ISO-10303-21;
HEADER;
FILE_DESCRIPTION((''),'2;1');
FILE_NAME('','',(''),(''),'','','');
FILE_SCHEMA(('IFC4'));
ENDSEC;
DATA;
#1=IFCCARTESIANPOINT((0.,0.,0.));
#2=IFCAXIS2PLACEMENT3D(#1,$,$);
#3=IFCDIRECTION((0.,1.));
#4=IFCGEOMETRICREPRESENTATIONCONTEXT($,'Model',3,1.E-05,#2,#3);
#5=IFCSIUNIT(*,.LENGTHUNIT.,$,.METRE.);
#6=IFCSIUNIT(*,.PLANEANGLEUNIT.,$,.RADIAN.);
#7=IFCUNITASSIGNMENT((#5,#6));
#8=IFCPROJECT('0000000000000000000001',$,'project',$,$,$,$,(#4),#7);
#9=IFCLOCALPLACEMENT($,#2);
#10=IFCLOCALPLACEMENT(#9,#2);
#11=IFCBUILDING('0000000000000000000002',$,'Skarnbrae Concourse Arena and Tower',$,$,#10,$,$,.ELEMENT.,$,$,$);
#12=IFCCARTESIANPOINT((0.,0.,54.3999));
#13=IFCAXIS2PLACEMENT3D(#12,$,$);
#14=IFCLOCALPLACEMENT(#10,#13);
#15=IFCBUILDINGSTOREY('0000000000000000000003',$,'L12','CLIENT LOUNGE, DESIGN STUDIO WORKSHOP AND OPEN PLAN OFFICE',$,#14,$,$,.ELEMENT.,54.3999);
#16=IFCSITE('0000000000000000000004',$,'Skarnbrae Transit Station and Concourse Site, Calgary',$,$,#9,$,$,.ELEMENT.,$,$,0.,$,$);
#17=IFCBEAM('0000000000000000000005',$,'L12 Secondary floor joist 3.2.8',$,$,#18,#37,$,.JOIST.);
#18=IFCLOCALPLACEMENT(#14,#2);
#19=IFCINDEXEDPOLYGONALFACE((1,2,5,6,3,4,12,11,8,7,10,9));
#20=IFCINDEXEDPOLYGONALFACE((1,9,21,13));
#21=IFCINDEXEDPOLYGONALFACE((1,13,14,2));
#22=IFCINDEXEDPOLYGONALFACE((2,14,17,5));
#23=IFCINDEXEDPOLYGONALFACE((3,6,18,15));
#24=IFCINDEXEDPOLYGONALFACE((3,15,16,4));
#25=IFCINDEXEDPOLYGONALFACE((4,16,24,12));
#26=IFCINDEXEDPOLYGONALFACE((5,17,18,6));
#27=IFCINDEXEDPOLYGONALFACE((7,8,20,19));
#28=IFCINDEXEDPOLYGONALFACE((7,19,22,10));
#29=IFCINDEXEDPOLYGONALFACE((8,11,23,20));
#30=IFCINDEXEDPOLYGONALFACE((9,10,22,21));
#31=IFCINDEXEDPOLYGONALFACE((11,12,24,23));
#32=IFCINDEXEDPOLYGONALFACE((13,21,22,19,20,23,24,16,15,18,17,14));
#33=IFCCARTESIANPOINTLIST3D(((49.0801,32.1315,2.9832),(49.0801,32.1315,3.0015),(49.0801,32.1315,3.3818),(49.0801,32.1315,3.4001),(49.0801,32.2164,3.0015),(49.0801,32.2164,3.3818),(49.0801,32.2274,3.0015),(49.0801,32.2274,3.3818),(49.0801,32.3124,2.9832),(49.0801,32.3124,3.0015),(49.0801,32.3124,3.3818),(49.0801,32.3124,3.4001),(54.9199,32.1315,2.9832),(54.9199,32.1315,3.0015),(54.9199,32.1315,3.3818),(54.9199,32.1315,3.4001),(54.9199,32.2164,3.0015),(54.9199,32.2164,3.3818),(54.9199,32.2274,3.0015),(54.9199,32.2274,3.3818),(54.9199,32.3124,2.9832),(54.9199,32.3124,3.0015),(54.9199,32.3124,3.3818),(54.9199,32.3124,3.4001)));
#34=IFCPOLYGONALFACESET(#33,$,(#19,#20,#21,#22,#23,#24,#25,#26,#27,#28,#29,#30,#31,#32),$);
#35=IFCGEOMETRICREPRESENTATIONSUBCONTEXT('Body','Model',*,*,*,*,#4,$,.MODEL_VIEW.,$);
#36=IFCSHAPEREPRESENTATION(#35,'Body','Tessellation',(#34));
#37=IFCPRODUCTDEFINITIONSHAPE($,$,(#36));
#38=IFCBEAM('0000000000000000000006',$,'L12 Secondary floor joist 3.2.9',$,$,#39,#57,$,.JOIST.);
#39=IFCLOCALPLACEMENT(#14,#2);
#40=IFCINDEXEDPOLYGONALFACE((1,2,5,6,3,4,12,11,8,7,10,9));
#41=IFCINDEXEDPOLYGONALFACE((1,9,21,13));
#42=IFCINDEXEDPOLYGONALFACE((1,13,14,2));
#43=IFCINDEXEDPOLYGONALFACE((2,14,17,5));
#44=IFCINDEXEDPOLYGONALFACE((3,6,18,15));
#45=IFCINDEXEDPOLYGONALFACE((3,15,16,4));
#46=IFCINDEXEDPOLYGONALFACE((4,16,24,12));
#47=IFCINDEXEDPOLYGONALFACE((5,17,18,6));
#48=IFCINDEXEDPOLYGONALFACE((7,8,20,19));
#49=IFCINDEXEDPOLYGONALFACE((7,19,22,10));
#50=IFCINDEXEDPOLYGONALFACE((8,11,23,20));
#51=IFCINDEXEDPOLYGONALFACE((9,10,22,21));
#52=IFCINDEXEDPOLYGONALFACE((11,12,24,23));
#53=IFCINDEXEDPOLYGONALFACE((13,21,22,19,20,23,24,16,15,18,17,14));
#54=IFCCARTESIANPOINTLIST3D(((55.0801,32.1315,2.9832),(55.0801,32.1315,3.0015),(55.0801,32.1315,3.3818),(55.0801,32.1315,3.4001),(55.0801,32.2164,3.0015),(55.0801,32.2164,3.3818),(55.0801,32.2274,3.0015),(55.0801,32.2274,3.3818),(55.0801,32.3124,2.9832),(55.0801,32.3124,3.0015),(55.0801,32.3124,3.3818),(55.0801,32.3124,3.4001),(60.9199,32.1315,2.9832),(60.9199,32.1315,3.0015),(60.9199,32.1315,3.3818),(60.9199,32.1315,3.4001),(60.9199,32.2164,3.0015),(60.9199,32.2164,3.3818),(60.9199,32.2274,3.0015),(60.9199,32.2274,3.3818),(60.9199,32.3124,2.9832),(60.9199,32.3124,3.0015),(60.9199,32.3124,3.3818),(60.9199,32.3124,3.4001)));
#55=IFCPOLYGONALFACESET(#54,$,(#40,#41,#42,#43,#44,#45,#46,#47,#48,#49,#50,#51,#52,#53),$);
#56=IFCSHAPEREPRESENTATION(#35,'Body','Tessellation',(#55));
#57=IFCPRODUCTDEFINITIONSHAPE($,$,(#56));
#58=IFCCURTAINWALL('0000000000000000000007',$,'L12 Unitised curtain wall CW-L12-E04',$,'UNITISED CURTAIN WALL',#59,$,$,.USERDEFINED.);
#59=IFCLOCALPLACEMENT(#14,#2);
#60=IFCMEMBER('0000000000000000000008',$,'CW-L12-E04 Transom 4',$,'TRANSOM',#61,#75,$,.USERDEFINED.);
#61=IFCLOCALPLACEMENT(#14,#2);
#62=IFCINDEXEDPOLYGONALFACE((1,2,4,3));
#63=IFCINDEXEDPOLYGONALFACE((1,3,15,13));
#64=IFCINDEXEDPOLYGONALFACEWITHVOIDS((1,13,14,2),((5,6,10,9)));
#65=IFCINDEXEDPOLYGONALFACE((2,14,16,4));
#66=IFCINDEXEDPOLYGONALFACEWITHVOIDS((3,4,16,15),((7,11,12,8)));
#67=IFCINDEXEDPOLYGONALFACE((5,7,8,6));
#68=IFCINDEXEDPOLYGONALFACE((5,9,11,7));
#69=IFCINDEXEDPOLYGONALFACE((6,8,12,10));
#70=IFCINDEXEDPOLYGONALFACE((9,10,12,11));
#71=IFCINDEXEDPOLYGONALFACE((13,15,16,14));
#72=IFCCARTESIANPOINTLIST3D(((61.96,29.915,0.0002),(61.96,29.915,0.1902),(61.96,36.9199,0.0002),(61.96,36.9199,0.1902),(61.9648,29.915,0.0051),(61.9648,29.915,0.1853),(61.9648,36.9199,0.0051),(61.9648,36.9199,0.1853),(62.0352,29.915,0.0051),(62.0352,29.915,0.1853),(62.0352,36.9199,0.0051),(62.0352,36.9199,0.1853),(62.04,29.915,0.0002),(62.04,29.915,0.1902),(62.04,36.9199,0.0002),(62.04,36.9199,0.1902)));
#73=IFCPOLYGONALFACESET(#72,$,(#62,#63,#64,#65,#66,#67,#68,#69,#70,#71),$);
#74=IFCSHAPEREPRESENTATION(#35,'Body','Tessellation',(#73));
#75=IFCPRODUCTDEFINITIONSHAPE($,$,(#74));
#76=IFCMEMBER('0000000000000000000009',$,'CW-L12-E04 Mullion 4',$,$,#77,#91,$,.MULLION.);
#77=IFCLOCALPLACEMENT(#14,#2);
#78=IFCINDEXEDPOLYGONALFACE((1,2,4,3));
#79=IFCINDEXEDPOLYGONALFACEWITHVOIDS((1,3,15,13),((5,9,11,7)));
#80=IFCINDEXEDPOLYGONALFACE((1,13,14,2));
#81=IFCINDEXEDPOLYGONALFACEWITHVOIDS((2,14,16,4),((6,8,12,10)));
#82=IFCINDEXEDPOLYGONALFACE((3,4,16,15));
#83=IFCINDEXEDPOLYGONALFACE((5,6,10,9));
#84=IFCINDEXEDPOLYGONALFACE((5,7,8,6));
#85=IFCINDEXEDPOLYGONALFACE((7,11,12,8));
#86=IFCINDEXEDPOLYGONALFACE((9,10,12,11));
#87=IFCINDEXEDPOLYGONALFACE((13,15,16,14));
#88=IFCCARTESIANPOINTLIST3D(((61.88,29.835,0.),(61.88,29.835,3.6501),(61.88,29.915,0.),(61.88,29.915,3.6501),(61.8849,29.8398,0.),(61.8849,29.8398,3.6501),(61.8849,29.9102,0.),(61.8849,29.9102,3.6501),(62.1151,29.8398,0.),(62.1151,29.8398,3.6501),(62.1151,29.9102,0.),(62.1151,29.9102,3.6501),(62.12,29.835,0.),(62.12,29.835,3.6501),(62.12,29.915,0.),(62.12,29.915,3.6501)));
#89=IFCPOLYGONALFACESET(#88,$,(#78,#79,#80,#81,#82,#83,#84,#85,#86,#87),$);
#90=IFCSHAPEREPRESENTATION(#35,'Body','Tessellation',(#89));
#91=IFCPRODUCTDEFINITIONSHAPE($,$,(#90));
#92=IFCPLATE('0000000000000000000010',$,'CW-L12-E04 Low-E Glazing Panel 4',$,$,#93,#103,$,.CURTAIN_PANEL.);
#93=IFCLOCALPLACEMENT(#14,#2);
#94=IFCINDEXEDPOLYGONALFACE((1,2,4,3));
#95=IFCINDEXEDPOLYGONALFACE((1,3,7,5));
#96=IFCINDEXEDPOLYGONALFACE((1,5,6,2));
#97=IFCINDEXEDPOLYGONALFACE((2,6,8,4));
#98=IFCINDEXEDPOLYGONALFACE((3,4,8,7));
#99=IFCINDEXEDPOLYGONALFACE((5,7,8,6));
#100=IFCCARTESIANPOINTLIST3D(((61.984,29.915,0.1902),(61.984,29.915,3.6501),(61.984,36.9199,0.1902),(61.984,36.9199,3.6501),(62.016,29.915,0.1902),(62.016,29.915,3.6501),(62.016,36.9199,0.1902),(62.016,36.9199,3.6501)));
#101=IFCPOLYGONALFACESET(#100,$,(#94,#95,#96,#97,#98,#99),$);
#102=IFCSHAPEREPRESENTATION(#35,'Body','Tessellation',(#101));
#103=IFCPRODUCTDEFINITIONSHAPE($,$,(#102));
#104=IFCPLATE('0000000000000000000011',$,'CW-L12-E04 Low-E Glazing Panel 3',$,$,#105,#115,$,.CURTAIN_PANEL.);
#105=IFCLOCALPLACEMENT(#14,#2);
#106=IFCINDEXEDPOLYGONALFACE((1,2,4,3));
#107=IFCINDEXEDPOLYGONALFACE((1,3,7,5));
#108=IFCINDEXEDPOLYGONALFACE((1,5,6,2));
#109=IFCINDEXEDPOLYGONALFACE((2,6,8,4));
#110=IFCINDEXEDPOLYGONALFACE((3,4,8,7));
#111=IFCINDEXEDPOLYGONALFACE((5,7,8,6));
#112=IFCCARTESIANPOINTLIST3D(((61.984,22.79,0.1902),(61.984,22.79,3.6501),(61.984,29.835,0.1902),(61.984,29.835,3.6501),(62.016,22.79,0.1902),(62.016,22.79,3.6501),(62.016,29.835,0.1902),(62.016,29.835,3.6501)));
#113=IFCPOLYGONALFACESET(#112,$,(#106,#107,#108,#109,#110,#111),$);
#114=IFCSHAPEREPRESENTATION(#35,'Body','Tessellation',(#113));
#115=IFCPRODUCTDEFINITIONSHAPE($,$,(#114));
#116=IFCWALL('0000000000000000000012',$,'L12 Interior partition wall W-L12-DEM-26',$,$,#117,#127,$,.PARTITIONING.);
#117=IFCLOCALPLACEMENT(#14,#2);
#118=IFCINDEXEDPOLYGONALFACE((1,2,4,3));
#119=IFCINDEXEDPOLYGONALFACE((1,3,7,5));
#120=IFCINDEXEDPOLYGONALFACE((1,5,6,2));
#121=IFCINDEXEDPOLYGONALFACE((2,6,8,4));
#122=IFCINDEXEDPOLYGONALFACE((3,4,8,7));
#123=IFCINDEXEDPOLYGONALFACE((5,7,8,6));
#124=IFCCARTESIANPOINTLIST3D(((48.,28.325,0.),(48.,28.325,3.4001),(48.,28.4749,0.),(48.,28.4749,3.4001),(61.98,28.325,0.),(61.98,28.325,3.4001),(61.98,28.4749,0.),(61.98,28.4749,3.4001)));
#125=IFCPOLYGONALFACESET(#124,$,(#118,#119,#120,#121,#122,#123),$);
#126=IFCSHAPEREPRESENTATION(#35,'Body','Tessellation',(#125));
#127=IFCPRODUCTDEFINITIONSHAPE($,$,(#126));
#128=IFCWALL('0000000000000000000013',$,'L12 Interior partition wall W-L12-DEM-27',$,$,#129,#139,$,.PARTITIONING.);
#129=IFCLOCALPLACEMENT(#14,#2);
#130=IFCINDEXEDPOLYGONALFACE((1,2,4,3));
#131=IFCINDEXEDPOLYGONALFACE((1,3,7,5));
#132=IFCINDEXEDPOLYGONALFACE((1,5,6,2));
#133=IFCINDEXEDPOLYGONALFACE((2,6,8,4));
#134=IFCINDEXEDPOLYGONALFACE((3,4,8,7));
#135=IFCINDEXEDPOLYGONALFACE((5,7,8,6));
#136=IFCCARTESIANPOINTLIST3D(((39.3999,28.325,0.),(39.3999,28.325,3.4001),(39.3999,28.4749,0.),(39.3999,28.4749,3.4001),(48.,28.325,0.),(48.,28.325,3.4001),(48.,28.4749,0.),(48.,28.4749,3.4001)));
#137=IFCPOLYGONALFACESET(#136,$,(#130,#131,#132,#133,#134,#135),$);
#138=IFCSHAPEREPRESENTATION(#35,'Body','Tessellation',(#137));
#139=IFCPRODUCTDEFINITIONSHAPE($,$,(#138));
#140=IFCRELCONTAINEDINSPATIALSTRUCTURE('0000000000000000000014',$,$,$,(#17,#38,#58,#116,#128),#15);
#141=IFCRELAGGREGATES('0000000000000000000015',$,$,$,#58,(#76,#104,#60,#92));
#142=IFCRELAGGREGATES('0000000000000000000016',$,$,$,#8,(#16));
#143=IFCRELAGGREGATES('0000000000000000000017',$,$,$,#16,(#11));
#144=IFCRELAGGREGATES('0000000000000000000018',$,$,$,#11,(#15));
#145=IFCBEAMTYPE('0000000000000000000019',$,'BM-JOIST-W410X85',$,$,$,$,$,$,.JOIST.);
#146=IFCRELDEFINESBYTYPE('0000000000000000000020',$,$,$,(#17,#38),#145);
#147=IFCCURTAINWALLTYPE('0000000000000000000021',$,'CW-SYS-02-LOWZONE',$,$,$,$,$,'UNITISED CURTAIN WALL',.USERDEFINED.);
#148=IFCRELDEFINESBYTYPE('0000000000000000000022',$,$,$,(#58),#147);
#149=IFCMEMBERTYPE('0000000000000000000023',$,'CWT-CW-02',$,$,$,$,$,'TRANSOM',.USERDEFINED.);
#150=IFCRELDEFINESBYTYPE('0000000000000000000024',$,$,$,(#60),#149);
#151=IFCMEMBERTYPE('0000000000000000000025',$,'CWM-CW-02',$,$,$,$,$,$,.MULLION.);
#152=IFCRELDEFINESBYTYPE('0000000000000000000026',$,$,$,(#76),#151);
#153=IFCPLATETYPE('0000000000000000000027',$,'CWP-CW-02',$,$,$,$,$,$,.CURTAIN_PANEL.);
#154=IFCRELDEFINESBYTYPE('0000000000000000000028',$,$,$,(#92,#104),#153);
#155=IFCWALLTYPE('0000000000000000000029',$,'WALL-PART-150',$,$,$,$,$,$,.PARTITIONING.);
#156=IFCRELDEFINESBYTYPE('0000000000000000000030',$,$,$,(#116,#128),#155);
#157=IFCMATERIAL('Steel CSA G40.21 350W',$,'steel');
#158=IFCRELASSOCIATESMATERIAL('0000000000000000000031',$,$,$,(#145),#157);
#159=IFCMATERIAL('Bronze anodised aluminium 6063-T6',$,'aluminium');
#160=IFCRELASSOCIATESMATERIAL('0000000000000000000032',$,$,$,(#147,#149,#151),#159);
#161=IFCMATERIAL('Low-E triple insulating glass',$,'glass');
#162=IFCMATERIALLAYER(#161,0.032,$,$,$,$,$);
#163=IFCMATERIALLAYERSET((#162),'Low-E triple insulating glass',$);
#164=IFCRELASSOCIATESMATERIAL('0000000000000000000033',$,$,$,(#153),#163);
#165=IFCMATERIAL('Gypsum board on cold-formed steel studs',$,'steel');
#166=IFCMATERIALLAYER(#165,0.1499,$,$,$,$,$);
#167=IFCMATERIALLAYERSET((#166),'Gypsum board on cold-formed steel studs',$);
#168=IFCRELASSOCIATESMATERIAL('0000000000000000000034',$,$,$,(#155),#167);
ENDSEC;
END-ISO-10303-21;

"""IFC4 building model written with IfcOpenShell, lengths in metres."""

from ifc_helpers import new_model, si_unit, direction, frame, frame_2d, origin, origin_2d, place, context, subcontext, project, spatial, rectangle, hollow_rectangle, i_section, extrude, source, transform, mapped, material, layer, layer_set, material_profile, profile_set, type_object, element, aggregate, save


model = new_model("IFC4")

# Units and contexts
model_context = context("Model", 3, precision=1e-05, world=origin(), true_north=direction((0.0, 1.0)))
body_context = subcontext(model_context, "Body", "Model", "MODEL_VIEW")
ifc_project = project(units=[si_unit("LENGTHUNIT", "METRE"), si_unit("PLANEANGLEUNIT", "RADIAN")], contexts=[model_context])

# Site, building, storey
site_placement = place(None, origin())
site = spatial("IfcSite", under=ifc_project, at=site_placement, Name="Skarnbrae Transit Station and Concourse Site, Calgary", CompositionType="ELEMENT", RefElevation=0.0)
building_placement = place(site_placement, origin())
building = spatial("IfcBuilding", under=site, at=building_placement, Name="Skarnbrae Concourse Arena and Tower", CompositionType="ELEMENT")
storey_placement = place(building_placement, frame((0.0, 0.0, 54.3999)))
storey = spatial("IfcBuildingStorey", under=building, at=storey_placement, Name="L12", Description="CLIENT LOUNGE, DESIGN STUDIO WORKSHOP AND OPEN PLAN OFFICE", CompositionType="ELEMENT", Elevation=54.3999)

# Shared definitions
ifc_material_1 = material(Name="Steel CSA G40.21 350W", Category="steel")

# Beams
ifc_material_profile_1 = material_profile(ifc_material_1, i_section(OverallWidth=0.1809, OverallDepth=0.417, WebThickness=0.011, FlangeThickness=0.0183, at=origin_2d()), Name="W410X85")
ifc_profile_set_1 = profile_set([ifc_material_profile_1], Name="Steel CSA G40.21 350W")
beam_type_1 = type_object("IfcBeamType", Name="BM-JOIST-W410X85", PredefinedType="JOIST", material=ifc_profile_set_1)
shared_shape_1 = source(origin(), body_context, "Body", "SweptSolid", [
    extrude(i_section(OverallWidth=0.1809, OverallDepth=0.417, WebThickness=0.011, FlangeThickness=0.0183, at=origin_2d()), origin(), (0.0, 0.0, 1.0), 5.8398),
])
for number, where, z_axis, x_axis, name in (
    (1, (49.0801, 32.2219, 3.1917), (1.0, 0.0, 0.0), (0.0, 1.0, 0.0), "L12 Secondary floor joist 3.2.8"),
    (2, (55.0801, 32.2219, 3.1917), (1.0, 0.0, 0.0), (0.0, 1.0, 0.0), "L12 Secondary floor joist 3.2.9"),
):
    element("IfcBeam", number, at=place(storey_placement, frame(where, z_axis=z_axis, x_axis=x_axis)), inside=storey, type_object=beam_type_1, Name=name, PredefinedType="JOIST", context=body_context, shape_type="MappedRepresentation", body=[
        mapped(shared_shape_1, transform((0.0, 0.0, 0.0))),
    ])

# Curtain wall, members, plates
ifc_material_2 = material(Name="Bronze anodised aluminium 6063-T6", Category="aluminium")
curtain_wall_type = type_object("IfcCurtainWallType", Name="CW-SYS-02-LOWZONE", ElementType="UNITISED CURTAIN WALL", PredefinedType="USERDEFINED", material=ifc_material_2)
curtain_wall_placement = place(storey_placement, origin())
curtain_wall = element("IfcCurtainWall", 3, at=curtain_wall_placement, inside=storey, type_object=curtain_wall_type, Name="L12 Unitised curtain wall CW-L12-E04", ObjectType="UNITISED CURTAIN WALL", PredefinedType="USERDEFINED")
ifc_material_profile_2 = material_profile(ifc_material_2, hollow_rectangle(XDim=0.0801, YDim=0.1899, WallThickness=0.0049, at=origin_2d()), Name="ALU-TRAN-80X190")
ifc_profile_set_2 = profile_set([ifc_material_profile_2], Name="Bronze anodised aluminium 6063-T6")
member_type_1 = type_object("IfcMemberType", Name="CWT-CW-02", ElementType="TRANSOM", PredefinedType="USERDEFINED", material=ifc_profile_set_2)
shared_shape_2 = source(origin(), body_context, "Body", "SweptSolid", [
    extrude(hollow_rectangle(XDim=0.0801, YDim=0.1899, WallThickness=0.0049, at=origin_2d()), origin(), (0.0, 0.0, 1.0), 7.0049),
])
member_1_placement = place(storey_placement, frame((62.0, 29.915, 0.0952), z_axis=(0.0, 1.0, 0.0), x_axis=(-1.0, 0.0, 0.0)))
member_1 = element("IfcMember", 4, at=member_1_placement, type_object=member_type_1, Name="CW-L12-E04 Transom 4", ObjectType="TRANSOM", PredefinedType="USERDEFINED", context=body_context, shape_type="MappedRepresentation", body=[
    mapped(shared_shape_2, transform((0.0, 0.0, 0.0))),
])
ifc_material_profile_3 = material_profile(ifc_material_2, hollow_rectangle(XDim=0.0801, YDim=0.24, WallThickness=0.0049, at=origin_2d()), Name="ALU-MULL-80X240")
ifc_profile_set_3 = profile_set([ifc_material_profile_3], Name="Bronze anodised aluminium 6063-T6")
member_type_2 = type_object("IfcMemberType", Name="CWM-CW-02", PredefinedType="MULLION", material=ifc_profile_set_3)
shared_shape_3 = source(origin(), body_context, "Body", "SweptSolid", [
    extrude(hollow_rectangle(XDim=0.0801, YDim=0.24, WallThickness=0.0049, at=origin_2d()), origin(), (0.0, 0.0, 1.0), 3.6501),
])
member_2_placement = place(storey_placement, frame((62.0, 29.875, 0.0), z_axis=(0.0, 0.0, 1.0), x_axis=(0.0, 1.0, 0.0)))
member_2 = element("IfcMember", 5, at=member_2_placement, type_object=member_type_2, Name="CW-L12-E04 Mullion 4", PredefinedType="MULLION", context=body_context, shape_type="MappedRepresentation", body=[
    mapped(shared_shape_3, transform((0.0, 0.0, 0.0))),
])
ifc_material_3 = material(Name="Low-E triple insulating glass", Category="glass")
ifc_layer_1 = layer(ifc_material_3, 0.032)
ifc_layer_set_1 = layer_set([ifc_layer_1], Name="Low-E triple insulating glass")
plate_type = type_object("IfcPlateType", Name="CWP-CW-02", PredefinedType="CURTAIN_PANEL", material=ifc_layer_set_1)
shared_shape_4 = source(origin(), body_context, "Body", "SweptSolid", [
    extrude(rectangle(XDim=7.0049, YDim=0.032, at=origin_2d()), origin(), (0.0, 0.0, 1.0), 3.46),
])
plate_1_placement = place(storey_placement, frame((62.0, 33.4175, 0.1902), z_axis=(0.0, 0.0, 1.0), x_axis=(0.0, 1.0, 0.0)))
plate_1 = element("IfcPlate", 6, at=plate_1_placement, type_object=plate_type, Name="CW-L12-E04 Low-E Glazing Panel 4", PredefinedType="CURTAIN_PANEL", context=body_context, shape_type="MappedRepresentation", body=[
    mapped(shared_shape_4, transform((0.0, 0.0, 0.0))),
])
shared_shape_5 = source(origin(), body_context, "Body", "SweptSolid", [
    extrude(rectangle(XDim=7.0449, YDim=0.032, at=origin_2d()), origin(), (0.0, 0.0, 1.0), 3.46),
])
plate_2_placement = place(storey_placement, frame((62.0, 26.3125, 0.1902), z_axis=(0.0, 0.0, 1.0), x_axis=(0.0, 1.0, 0.0)))
plate_2 = element("IfcPlate", 7, at=plate_2_placement, type_object=plate_type, Name="CW-L12-E04 Low-E Glazing Panel 3", PredefinedType="CURTAIN_PANEL", context=body_context, shape_type="MappedRepresentation", body=[
    mapped(shared_shape_5, transform((0.0, 0.0, 0.0))),
])
aggregate(curtain_wall, [member_2, plate_2, member_1, plate_1])

# Walls
ifc_material_4 = material(Name="Gypsum board on cold-formed steel studs", Category="steel")
ifc_layer_2 = layer(ifc_material_4, 0.1499)
ifc_layer_set_2 = layer_set([ifc_layer_2], Name="Gypsum board on cold-formed steel studs")
wall_type = type_object("IfcWallType", Name="WALL-PART-150", PredefinedType="PARTITIONING", material=ifc_layer_set_2)
shared_shape_6 = source(origin(), body_context, "Body", "SweptSolid", [
    extrude(rectangle(XDim=13.98, YDim=0.1499, at=frame_2d((6.99, 0.0))), origin(), (0.0, 0.0, 1.0), 3.4001),
])
wall_1_placement = place(storey_placement, frame((61.98, 28.3999, 0.0), z_axis=(0.0, 0.0, 1.0), x_axis=(-1.0, 0.0, 0.0)))
element("IfcWall", 8, at=wall_1_placement, inside=storey, type_object=wall_type, Name="L12 Interior partition wall W-L12-DEM-26", PredefinedType="PARTITIONING", context=body_context, shape_type="MappedRepresentation", body=[
    mapped(shared_shape_6, transform((0.0, 0.0, 0.0))),
])
shared_shape_7 = source(origin(), body_context, "Body", "SweptSolid", [
    extrude(rectangle(XDim=8.6001, YDim=0.1499, at=frame_2d((4.3, 0.0))), origin(), (0.0, 0.0, 1.0), 3.4001),
])
wall_2_placement = place(storey_placement, frame((48.0, 28.3999, 0.0), z_axis=(0.0, 0.0, 1.0), x_axis=(-1.0, 0.0, 0.0)))
element("IfcWall", 9, at=wall_2_placement, inside=storey, type_object=wall_type, Name="L12 Interior partition wall W-L12-DEM-27", PredefinedType="PARTITIONING", context=body_context, shape_type="MappedRepresentation", body=[
    mapped(shared_shape_7, transform((0.0, 0.0, 0.0))),
])

save(model, "model.ifc")
